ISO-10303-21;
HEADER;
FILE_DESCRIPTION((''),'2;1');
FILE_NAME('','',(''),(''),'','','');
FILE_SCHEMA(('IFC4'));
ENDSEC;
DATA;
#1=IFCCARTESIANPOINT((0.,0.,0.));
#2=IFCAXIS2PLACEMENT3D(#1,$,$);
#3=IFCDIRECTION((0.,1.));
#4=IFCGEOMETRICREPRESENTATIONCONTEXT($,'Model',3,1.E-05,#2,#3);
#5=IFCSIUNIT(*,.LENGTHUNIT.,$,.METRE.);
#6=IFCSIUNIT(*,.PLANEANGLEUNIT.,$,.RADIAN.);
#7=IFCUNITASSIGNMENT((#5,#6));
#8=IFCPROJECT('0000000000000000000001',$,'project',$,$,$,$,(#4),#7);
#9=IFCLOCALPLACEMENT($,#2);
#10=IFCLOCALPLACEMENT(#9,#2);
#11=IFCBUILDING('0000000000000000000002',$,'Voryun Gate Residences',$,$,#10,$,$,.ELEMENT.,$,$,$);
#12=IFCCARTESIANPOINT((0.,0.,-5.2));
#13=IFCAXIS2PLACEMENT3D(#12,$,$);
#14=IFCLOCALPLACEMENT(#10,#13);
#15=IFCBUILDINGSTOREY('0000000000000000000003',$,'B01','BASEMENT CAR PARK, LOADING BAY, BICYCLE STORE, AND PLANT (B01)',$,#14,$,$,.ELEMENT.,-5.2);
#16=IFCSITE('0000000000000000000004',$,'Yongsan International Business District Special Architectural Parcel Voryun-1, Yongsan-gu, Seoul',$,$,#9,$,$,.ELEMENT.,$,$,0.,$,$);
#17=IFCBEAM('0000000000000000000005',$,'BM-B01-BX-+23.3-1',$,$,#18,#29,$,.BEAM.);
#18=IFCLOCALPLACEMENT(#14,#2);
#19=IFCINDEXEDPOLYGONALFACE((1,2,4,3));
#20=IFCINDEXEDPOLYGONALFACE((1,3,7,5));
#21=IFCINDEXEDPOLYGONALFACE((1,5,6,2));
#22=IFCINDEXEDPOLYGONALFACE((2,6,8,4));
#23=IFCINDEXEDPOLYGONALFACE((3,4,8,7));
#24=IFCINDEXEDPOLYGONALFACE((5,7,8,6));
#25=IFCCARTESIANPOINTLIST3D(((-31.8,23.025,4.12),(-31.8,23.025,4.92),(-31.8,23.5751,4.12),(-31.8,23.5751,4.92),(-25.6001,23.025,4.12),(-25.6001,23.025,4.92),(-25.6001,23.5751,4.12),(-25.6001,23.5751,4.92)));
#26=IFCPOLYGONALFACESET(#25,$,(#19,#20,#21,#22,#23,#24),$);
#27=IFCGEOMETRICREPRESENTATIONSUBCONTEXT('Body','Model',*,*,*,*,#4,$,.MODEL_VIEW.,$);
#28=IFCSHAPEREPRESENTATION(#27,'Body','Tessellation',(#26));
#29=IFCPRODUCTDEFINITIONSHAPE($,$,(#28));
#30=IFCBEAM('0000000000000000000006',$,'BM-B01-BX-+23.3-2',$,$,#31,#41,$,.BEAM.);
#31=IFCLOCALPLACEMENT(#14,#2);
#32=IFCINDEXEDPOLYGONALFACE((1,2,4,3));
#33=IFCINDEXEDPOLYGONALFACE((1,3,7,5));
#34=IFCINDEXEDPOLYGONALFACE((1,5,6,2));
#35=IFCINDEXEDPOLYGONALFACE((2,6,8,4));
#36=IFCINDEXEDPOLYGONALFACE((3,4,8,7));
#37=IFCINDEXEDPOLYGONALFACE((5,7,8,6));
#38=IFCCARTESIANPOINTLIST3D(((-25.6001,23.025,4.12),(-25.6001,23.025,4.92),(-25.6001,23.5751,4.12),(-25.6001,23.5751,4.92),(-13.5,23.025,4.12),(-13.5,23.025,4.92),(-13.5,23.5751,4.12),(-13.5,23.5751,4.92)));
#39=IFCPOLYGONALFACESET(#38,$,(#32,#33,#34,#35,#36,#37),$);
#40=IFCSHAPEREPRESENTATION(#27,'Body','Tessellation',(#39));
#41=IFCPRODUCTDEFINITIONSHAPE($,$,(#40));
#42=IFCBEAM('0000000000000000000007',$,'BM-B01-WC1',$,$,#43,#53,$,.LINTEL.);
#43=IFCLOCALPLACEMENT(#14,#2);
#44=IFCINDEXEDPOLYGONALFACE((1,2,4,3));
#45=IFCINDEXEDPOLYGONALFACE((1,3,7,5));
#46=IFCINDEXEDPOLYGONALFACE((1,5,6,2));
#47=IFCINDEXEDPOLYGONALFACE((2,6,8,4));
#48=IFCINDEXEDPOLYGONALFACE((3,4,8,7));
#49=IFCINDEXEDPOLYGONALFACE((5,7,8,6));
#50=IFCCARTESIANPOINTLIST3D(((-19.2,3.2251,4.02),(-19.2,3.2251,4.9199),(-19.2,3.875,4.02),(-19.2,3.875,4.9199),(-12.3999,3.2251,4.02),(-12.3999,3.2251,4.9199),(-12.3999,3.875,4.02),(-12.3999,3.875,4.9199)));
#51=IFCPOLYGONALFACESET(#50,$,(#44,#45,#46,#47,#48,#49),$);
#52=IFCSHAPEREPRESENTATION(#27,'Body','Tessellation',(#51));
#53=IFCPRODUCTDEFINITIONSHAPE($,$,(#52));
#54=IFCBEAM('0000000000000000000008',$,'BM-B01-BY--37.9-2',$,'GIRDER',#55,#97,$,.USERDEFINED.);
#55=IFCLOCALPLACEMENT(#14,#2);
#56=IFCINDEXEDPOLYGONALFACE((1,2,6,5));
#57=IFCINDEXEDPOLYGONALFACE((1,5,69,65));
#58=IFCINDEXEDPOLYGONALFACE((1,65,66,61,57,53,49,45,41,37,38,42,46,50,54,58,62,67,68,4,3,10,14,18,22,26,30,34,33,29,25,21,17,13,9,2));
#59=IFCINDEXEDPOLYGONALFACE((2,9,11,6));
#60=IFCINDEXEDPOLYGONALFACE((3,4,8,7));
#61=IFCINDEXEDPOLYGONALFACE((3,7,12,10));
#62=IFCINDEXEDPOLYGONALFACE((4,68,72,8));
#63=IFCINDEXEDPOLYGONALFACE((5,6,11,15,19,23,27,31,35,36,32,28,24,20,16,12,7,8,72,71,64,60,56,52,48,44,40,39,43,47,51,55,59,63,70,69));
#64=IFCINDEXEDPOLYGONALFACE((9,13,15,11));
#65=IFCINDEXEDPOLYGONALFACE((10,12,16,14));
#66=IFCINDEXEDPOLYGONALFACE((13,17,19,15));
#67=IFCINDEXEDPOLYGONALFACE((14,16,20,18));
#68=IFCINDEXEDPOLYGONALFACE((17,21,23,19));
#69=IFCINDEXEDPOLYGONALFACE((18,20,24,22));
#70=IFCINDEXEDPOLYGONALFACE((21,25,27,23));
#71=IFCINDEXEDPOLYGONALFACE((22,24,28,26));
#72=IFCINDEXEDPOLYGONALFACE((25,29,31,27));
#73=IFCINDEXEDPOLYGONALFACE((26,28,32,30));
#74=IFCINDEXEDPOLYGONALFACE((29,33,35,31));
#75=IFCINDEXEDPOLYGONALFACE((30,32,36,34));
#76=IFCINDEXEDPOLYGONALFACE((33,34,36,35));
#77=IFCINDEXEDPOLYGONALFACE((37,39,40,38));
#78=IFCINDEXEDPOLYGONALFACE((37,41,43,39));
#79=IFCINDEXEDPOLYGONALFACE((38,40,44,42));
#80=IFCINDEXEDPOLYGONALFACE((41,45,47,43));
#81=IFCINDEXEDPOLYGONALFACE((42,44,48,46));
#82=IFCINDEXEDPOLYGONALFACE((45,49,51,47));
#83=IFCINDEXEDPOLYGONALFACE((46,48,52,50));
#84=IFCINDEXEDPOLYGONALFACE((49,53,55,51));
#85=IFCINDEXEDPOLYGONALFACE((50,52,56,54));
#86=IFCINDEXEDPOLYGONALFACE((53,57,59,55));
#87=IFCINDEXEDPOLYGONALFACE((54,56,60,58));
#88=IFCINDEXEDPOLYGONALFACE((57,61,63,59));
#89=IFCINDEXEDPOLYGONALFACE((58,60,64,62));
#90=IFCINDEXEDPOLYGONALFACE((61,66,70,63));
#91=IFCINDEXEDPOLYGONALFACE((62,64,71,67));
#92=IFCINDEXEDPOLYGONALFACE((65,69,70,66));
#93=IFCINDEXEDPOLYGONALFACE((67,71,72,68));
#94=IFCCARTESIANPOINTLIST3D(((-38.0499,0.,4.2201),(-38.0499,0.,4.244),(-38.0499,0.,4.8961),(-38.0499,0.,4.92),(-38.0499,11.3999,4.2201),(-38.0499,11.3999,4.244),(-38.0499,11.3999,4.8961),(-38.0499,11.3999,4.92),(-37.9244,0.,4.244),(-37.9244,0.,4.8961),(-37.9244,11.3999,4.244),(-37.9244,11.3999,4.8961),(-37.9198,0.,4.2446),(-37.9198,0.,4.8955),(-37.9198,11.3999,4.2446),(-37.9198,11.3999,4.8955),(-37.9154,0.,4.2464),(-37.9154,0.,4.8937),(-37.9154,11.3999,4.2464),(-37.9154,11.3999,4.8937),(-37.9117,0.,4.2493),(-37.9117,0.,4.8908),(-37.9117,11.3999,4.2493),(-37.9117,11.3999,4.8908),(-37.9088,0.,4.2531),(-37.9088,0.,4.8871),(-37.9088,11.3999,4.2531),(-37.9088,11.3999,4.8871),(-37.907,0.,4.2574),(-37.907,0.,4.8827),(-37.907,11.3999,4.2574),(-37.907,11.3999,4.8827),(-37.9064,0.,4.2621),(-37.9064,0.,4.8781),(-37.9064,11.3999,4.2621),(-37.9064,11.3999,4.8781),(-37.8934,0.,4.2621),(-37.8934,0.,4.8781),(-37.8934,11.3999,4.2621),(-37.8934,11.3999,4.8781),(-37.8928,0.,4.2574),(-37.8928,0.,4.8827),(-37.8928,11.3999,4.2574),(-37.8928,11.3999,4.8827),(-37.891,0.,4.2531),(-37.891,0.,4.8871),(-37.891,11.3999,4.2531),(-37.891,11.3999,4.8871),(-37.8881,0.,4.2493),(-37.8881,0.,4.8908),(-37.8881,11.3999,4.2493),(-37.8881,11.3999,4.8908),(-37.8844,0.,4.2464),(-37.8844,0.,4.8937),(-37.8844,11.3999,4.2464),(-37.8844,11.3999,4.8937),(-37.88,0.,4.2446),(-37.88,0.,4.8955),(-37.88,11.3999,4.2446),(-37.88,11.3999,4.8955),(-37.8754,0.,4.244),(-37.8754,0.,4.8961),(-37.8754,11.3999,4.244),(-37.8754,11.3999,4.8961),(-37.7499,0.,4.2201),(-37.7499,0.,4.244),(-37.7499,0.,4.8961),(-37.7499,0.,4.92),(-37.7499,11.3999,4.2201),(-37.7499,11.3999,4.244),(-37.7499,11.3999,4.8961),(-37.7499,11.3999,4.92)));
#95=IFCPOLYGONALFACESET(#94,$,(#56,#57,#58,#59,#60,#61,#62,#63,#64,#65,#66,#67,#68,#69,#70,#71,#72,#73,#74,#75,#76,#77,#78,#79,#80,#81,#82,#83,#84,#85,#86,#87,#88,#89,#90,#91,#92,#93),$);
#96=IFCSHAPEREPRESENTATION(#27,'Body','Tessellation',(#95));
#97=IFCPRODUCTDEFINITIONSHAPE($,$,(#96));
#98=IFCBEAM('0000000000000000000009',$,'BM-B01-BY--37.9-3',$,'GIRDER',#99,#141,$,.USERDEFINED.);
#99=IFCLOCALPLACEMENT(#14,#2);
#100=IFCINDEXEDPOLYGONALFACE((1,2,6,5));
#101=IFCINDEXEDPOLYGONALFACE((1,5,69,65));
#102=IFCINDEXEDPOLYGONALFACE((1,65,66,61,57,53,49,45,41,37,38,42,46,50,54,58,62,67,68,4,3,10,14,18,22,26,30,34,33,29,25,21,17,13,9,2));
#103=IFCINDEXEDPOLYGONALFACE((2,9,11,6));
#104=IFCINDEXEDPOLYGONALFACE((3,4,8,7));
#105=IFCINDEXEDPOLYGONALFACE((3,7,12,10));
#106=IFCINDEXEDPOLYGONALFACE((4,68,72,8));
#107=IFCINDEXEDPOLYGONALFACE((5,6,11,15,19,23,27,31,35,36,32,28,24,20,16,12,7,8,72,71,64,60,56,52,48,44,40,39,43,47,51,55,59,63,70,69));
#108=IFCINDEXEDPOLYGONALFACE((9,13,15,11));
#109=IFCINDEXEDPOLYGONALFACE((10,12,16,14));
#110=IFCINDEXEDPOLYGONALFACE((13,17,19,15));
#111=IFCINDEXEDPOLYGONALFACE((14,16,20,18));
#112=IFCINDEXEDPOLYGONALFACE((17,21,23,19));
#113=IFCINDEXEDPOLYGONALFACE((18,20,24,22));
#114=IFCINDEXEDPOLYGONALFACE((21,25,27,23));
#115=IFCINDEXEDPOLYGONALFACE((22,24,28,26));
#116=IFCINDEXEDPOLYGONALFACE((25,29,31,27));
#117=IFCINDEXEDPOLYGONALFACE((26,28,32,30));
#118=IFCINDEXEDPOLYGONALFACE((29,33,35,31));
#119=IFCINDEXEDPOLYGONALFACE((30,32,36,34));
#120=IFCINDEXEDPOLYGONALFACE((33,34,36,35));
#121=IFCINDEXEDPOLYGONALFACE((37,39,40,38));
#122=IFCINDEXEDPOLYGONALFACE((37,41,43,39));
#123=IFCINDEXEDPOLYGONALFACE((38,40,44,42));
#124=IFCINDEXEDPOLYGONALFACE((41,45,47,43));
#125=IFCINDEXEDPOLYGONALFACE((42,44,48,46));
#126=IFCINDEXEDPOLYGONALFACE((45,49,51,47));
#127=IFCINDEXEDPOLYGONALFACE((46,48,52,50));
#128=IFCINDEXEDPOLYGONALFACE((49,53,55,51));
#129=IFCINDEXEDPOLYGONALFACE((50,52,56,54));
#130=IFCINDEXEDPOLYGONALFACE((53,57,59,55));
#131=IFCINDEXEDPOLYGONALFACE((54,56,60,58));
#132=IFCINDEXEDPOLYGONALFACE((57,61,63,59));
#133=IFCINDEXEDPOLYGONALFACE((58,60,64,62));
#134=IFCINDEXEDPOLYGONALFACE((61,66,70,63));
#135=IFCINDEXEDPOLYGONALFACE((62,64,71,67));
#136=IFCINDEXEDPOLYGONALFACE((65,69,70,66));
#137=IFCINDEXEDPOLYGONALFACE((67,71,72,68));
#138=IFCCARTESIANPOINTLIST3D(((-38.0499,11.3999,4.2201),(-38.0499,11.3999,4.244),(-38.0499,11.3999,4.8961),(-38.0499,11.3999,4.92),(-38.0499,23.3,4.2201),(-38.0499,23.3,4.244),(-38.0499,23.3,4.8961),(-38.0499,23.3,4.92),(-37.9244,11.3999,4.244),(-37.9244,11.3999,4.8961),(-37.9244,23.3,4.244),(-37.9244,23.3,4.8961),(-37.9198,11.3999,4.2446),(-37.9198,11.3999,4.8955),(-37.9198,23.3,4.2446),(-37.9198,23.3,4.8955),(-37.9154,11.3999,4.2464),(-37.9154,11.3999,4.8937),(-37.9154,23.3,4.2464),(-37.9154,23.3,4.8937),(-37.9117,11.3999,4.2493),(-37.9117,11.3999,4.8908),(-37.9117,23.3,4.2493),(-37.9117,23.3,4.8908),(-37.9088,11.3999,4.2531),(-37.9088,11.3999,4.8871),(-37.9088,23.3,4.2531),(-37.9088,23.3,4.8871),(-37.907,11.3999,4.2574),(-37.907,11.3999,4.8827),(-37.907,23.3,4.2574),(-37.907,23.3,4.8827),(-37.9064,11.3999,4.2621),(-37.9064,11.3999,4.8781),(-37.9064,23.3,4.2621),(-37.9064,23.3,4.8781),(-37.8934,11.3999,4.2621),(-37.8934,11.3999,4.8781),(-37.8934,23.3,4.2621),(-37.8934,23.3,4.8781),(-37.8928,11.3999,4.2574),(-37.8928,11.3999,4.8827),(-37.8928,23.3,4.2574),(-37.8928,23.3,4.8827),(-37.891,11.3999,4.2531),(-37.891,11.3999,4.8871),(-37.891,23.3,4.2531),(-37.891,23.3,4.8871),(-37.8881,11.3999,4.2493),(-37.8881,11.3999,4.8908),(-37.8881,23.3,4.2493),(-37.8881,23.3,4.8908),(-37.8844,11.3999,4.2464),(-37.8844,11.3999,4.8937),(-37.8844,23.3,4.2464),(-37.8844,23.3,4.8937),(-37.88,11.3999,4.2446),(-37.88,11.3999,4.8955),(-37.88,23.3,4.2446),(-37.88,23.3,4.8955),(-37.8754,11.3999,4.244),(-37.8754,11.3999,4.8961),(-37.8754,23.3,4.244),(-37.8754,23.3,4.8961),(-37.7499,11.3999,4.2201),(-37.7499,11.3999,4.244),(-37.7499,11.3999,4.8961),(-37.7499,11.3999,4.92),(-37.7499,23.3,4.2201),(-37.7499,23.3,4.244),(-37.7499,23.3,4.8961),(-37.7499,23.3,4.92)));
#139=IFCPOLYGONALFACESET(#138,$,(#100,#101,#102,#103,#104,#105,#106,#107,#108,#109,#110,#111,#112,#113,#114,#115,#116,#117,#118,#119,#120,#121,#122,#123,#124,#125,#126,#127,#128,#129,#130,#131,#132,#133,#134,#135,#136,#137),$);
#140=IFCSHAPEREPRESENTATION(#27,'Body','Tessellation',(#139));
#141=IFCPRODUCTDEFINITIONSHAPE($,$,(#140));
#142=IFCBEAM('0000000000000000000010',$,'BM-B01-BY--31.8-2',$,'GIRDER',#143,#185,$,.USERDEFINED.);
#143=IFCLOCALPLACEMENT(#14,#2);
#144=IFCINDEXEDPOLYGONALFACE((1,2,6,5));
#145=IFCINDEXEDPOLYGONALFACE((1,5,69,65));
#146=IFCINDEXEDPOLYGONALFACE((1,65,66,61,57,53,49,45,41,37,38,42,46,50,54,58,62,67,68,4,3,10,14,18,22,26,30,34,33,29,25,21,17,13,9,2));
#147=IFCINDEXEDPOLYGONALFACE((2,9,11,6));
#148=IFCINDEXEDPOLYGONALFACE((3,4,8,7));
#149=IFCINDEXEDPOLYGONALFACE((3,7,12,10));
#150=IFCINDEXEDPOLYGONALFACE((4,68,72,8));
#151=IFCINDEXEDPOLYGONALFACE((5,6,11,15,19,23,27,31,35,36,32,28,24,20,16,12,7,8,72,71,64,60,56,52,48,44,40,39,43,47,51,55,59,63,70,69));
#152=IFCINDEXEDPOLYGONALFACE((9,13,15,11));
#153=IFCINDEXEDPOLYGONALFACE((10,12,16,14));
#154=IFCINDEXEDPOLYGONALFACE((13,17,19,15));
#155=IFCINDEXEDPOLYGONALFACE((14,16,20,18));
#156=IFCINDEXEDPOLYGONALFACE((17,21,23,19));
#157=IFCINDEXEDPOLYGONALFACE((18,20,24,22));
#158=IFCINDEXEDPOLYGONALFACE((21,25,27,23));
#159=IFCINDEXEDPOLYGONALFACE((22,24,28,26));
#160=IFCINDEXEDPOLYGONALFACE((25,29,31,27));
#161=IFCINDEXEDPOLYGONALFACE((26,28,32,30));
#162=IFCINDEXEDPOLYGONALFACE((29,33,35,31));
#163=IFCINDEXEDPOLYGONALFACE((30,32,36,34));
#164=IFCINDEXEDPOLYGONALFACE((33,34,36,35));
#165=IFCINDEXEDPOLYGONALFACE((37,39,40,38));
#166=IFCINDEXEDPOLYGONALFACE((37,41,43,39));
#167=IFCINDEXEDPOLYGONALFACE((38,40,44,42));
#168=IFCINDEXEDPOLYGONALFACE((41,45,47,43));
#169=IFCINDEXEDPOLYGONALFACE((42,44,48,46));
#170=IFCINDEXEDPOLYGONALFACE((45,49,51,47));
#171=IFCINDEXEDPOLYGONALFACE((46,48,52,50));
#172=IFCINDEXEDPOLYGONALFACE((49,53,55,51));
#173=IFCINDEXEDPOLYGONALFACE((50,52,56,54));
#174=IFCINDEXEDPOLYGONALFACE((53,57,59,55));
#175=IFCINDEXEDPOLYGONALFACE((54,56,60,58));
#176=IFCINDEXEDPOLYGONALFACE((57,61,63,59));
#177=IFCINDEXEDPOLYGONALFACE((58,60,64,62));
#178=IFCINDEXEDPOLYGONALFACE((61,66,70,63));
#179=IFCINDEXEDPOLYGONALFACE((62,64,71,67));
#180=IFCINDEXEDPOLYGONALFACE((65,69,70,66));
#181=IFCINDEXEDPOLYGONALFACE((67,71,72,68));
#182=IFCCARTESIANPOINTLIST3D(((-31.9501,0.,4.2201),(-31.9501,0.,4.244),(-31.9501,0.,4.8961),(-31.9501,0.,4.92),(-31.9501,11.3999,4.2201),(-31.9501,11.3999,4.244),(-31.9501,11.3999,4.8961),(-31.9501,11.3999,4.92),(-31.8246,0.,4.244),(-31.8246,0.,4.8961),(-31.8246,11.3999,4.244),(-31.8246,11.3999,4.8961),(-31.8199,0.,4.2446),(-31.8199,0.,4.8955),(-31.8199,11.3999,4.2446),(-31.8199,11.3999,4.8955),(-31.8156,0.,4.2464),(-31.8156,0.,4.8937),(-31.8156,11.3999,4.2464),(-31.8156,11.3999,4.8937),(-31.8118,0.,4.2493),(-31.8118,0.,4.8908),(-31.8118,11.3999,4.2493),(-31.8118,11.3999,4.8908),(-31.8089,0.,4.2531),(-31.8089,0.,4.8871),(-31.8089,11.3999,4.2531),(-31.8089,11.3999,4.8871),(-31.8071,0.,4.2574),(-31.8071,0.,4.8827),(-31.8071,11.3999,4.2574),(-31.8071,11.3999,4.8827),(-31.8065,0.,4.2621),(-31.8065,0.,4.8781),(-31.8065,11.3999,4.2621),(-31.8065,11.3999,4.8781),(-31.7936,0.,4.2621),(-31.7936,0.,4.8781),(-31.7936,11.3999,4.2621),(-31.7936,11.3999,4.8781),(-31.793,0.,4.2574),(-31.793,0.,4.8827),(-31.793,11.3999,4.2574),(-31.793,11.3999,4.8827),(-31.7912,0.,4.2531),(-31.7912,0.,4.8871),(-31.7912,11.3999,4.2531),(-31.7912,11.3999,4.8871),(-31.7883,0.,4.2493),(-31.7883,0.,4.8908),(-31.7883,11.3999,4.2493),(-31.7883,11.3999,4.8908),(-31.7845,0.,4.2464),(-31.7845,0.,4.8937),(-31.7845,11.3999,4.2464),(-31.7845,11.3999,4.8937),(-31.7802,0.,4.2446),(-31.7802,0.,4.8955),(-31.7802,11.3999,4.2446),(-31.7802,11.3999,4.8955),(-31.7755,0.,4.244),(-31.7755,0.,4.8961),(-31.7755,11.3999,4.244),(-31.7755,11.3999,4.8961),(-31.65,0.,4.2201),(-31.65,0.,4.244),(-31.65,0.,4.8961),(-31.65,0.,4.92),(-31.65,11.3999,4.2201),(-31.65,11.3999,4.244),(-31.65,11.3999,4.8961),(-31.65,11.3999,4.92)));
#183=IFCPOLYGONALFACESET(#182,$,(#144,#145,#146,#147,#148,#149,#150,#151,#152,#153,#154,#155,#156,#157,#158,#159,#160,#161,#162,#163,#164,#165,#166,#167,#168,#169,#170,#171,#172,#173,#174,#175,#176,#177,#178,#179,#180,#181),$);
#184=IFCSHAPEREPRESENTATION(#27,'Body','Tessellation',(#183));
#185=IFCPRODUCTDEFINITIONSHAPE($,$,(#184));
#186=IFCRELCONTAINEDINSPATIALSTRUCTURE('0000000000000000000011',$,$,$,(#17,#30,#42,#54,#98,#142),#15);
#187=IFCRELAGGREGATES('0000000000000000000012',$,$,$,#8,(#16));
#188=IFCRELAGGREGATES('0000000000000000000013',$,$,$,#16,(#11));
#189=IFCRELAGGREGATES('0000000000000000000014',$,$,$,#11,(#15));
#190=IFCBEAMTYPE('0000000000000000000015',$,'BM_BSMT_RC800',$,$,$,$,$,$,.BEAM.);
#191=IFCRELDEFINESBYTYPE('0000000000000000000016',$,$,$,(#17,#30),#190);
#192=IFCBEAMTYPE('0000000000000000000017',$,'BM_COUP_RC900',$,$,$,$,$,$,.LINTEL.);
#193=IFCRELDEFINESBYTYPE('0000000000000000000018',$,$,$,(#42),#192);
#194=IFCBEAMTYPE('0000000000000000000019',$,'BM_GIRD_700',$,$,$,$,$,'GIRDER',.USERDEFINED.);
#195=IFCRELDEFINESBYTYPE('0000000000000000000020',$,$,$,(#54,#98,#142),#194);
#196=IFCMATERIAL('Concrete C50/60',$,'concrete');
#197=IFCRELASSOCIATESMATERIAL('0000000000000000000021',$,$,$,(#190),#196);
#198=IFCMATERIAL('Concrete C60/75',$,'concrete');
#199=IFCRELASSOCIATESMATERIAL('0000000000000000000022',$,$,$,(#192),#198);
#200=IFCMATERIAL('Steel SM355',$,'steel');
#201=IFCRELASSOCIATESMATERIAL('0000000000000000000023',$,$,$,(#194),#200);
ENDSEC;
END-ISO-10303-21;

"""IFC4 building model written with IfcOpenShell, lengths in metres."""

from ifc_helpers import new_model, si_unit, direction, frame, origin, origin_2d, place, context, subcontext, project, spatial, rectangle, i_section, extrude, material, material_profile, profile_set, type_object, element, save


model = new_model("IFC4")

# Units and contexts
model_context = context("Model", 3, precision=1e-05, world=origin(), true_north=direction((0.0, 1.0)))
body_context = subcontext(model_context, "Body", "Model", "MODEL_VIEW")
ifc_project = project(units=[si_unit("LENGTHUNIT", "METRE"), si_unit("PLANEANGLEUNIT", "RADIAN")], contexts=[model_context])

# Site, building, storey
site_placement = place(None, origin())
site = spatial("IfcSite", under=ifc_project, at=site_placement, Name="Yongsan International Business District Special Architectural Parcel Voryun-1, Yongsan-gu, Seoul", CompositionType="ELEMENT", RefElevation=0.0)
building_placement = place(site_placement, origin())
building = spatial("IfcBuilding", under=site, at=building_placement, Name="Voryun Gate Residences", CompositionType="ELEMENT")
storey_placement = place(building_placement, frame((0.0, 0.0, -5.2)))
storey = spatial("IfcBuildingStorey", under=building, at=storey_placement, Name="B01", Description="BASEMENT CAR PARK, LOADING BAY, BICYCLE STORE, AND PLANT (B01)", CompositionType="ELEMENT", Elevation=-5.2)

# Beams
ifc_material_1 = material(Name="Concrete C50/60", Category="concrete")
ifc_material_profile_1 = material_profile(ifc_material_1, rectangle(XDim=0.55, YDim=0.8, at=origin_2d()), Name="RC-550x800")
ifc_profile_set_1 = profile_set([ifc_material_profile_1], Name="Concrete C50/60")
beam_type_1 = type_object("IfcBeamType", Name="BM_BSMT_RC800", PredefinedType="BEAM", material=ifc_profile_set_1)
beam_1_placement = place(storey_placement, frame((-31.8, 23.3, 4.52), z_axis=(1.0, 0.0, 0.0), x_axis=(0.0, 1.0, 0.0)))
element("IfcBeam", 1, at=beam_1_placement, inside=storey, type_object=beam_type_1, Name="BM-B01-BX-+23.3-1", PredefinedType="BEAM", context=body_context, shape_type="SweptSolid", body=[
    extrude(rectangle(XDim=0.55, YDim=0.8, at=origin_2d()), origin(), (0.0, 0.0, 1.0), 6.2),
])
beam_2_placement = place(storey_placement, frame((-25.6001, 23.3, 4.52), z_axis=(1.0, 0.0, 0.0), x_axis=(0.0, 1.0, 0.0)))
element("IfcBeam", 2, at=beam_2_placement, inside=storey, type_object=beam_type_1, Name="BM-B01-BX-+23.3-2", PredefinedType="BEAM", context=body_context, shape_type="SweptSolid", body=[
    extrude(rectangle(XDim=0.55, YDim=0.8, at=origin_2d()), origin(), (0.0, 0.0, 1.0), 12.1001),
])
ifc_material_2 = material(Name="Concrete C60/75", Category="concrete")
ifc_material_profile_2 = material_profile(ifc_material_2, rectangle(XDim=0.6499, YDim=0.8999, at=origin_2d()), Name="RC-650x900")
ifc_profile_set_2 = profile_set([ifc_material_profile_2], Name="Concrete C60/75")
beam_type_2 = type_object("IfcBeamType", Name="BM_COUP_RC900", PredefinedType="LINTEL", material=ifc_profile_set_2)
beam_3_placement = place(storey_placement, frame((-19.2, 3.55, 4.47), z_axis=(1.0, 0.0, 0.0), x_axis=(0.0, 1.0, 0.0)))
element("IfcBeam", 3, at=beam_3_placement, inside=storey, type_object=beam_type_2, Name="BM-B01-WC1", PredefinedType="LINTEL", context=body_context, shape_type="SweptSolid", body=[
    extrude(rectangle(XDim=0.6499, YDim=0.8999, at=origin_2d()), origin(), (0.0, 0.0, 1.0), 6.8),
])
ifc_material_3 = material(Name="Steel SM355", Category="steel")
ifc_material_profile_3 = material_profile(ifc_material_3, i_section(OverallWidth=0.3, OverallDepth=0.7, WebThickness=0.0129, FlangeThickness=0.0239, FilletRadius=0.0181, at=origin_2d()), Name="H-700x300x13x24")
ifc_profile_set_3 = profile_set([ifc_material_profile_3], Name="Steel SM355")
beam_type_3 = type_object("IfcBeamType", Name="BM_GIRD_700", ElementType="GIRDER", PredefinedType="USERDEFINED", material=ifc_profile_set_3)
beam_4_placement = place(storey_placement, frame((-37.8999, 0.0, 4.5701), z_axis=(0.0, 1.0, 0.0), x_axis=(-1.0, 0.0, 0.0)))
element("IfcBeam", 4, at=beam_4_placement, inside=storey, type_object=beam_type_3, Name="BM-B01-BY--37.9-2", ObjectType="GIRDER", PredefinedType="USERDEFINED", context=body_context, shape_type="SweptSolid", body=[
    extrude(i_section(OverallWidth=0.3, OverallDepth=0.7, WebThickness=0.0129, FlangeThickness=0.0239, FilletRadius=0.0181, at=origin_2d()), origin(), (0.0, 0.0, 1.0), 11.3999),
])
beam_5_placement = place(storey_placement, frame((-37.8999, 11.3999, 4.5701), z_axis=(0.0, 1.0, 0.0), x_axis=(-1.0, 0.0, 0.0)))
element("IfcBeam", 5, at=beam_5_placement, inside=storey, type_object=beam_type_3, Name="BM-B01-BY--37.9-3", ObjectType="GIRDER", PredefinedType="USERDEFINED", context=body_context, shape_type="SweptSolid", body=[
    extrude(i_section(OverallWidth=0.3, OverallDepth=0.7, WebThickness=0.0129, FlangeThickness=0.0239, FilletRadius=0.0181, at=origin_2d()), origin(), (0.0, 0.0, 1.0), 11.9001),
])
beam_6_placement = place(storey_placement, frame((-31.8, 0.0, 4.5701), z_axis=(0.0, 1.0, 0.0), x_axis=(-1.0, 0.0, 0.0)))
element("IfcBeam", 6, at=beam_6_placement, inside=storey, type_object=beam_type_3, Name="BM-B01-BY--31.8-2", ObjectType="GIRDER", PredefinedType="USERDEFINED", context=body_context, shape_type="SweptSolid", body=[
    extrude(i_section(OverallWidth=0.3, OverallDepth=0.7, WebThickness=0.0129, FlangeThickness=0.0239, FilletRadius=0.0181, at=origin_2d()), origin(), (0.0, 0.0, 1.0), 11.3999),
])

save(model, "model.ifc")
